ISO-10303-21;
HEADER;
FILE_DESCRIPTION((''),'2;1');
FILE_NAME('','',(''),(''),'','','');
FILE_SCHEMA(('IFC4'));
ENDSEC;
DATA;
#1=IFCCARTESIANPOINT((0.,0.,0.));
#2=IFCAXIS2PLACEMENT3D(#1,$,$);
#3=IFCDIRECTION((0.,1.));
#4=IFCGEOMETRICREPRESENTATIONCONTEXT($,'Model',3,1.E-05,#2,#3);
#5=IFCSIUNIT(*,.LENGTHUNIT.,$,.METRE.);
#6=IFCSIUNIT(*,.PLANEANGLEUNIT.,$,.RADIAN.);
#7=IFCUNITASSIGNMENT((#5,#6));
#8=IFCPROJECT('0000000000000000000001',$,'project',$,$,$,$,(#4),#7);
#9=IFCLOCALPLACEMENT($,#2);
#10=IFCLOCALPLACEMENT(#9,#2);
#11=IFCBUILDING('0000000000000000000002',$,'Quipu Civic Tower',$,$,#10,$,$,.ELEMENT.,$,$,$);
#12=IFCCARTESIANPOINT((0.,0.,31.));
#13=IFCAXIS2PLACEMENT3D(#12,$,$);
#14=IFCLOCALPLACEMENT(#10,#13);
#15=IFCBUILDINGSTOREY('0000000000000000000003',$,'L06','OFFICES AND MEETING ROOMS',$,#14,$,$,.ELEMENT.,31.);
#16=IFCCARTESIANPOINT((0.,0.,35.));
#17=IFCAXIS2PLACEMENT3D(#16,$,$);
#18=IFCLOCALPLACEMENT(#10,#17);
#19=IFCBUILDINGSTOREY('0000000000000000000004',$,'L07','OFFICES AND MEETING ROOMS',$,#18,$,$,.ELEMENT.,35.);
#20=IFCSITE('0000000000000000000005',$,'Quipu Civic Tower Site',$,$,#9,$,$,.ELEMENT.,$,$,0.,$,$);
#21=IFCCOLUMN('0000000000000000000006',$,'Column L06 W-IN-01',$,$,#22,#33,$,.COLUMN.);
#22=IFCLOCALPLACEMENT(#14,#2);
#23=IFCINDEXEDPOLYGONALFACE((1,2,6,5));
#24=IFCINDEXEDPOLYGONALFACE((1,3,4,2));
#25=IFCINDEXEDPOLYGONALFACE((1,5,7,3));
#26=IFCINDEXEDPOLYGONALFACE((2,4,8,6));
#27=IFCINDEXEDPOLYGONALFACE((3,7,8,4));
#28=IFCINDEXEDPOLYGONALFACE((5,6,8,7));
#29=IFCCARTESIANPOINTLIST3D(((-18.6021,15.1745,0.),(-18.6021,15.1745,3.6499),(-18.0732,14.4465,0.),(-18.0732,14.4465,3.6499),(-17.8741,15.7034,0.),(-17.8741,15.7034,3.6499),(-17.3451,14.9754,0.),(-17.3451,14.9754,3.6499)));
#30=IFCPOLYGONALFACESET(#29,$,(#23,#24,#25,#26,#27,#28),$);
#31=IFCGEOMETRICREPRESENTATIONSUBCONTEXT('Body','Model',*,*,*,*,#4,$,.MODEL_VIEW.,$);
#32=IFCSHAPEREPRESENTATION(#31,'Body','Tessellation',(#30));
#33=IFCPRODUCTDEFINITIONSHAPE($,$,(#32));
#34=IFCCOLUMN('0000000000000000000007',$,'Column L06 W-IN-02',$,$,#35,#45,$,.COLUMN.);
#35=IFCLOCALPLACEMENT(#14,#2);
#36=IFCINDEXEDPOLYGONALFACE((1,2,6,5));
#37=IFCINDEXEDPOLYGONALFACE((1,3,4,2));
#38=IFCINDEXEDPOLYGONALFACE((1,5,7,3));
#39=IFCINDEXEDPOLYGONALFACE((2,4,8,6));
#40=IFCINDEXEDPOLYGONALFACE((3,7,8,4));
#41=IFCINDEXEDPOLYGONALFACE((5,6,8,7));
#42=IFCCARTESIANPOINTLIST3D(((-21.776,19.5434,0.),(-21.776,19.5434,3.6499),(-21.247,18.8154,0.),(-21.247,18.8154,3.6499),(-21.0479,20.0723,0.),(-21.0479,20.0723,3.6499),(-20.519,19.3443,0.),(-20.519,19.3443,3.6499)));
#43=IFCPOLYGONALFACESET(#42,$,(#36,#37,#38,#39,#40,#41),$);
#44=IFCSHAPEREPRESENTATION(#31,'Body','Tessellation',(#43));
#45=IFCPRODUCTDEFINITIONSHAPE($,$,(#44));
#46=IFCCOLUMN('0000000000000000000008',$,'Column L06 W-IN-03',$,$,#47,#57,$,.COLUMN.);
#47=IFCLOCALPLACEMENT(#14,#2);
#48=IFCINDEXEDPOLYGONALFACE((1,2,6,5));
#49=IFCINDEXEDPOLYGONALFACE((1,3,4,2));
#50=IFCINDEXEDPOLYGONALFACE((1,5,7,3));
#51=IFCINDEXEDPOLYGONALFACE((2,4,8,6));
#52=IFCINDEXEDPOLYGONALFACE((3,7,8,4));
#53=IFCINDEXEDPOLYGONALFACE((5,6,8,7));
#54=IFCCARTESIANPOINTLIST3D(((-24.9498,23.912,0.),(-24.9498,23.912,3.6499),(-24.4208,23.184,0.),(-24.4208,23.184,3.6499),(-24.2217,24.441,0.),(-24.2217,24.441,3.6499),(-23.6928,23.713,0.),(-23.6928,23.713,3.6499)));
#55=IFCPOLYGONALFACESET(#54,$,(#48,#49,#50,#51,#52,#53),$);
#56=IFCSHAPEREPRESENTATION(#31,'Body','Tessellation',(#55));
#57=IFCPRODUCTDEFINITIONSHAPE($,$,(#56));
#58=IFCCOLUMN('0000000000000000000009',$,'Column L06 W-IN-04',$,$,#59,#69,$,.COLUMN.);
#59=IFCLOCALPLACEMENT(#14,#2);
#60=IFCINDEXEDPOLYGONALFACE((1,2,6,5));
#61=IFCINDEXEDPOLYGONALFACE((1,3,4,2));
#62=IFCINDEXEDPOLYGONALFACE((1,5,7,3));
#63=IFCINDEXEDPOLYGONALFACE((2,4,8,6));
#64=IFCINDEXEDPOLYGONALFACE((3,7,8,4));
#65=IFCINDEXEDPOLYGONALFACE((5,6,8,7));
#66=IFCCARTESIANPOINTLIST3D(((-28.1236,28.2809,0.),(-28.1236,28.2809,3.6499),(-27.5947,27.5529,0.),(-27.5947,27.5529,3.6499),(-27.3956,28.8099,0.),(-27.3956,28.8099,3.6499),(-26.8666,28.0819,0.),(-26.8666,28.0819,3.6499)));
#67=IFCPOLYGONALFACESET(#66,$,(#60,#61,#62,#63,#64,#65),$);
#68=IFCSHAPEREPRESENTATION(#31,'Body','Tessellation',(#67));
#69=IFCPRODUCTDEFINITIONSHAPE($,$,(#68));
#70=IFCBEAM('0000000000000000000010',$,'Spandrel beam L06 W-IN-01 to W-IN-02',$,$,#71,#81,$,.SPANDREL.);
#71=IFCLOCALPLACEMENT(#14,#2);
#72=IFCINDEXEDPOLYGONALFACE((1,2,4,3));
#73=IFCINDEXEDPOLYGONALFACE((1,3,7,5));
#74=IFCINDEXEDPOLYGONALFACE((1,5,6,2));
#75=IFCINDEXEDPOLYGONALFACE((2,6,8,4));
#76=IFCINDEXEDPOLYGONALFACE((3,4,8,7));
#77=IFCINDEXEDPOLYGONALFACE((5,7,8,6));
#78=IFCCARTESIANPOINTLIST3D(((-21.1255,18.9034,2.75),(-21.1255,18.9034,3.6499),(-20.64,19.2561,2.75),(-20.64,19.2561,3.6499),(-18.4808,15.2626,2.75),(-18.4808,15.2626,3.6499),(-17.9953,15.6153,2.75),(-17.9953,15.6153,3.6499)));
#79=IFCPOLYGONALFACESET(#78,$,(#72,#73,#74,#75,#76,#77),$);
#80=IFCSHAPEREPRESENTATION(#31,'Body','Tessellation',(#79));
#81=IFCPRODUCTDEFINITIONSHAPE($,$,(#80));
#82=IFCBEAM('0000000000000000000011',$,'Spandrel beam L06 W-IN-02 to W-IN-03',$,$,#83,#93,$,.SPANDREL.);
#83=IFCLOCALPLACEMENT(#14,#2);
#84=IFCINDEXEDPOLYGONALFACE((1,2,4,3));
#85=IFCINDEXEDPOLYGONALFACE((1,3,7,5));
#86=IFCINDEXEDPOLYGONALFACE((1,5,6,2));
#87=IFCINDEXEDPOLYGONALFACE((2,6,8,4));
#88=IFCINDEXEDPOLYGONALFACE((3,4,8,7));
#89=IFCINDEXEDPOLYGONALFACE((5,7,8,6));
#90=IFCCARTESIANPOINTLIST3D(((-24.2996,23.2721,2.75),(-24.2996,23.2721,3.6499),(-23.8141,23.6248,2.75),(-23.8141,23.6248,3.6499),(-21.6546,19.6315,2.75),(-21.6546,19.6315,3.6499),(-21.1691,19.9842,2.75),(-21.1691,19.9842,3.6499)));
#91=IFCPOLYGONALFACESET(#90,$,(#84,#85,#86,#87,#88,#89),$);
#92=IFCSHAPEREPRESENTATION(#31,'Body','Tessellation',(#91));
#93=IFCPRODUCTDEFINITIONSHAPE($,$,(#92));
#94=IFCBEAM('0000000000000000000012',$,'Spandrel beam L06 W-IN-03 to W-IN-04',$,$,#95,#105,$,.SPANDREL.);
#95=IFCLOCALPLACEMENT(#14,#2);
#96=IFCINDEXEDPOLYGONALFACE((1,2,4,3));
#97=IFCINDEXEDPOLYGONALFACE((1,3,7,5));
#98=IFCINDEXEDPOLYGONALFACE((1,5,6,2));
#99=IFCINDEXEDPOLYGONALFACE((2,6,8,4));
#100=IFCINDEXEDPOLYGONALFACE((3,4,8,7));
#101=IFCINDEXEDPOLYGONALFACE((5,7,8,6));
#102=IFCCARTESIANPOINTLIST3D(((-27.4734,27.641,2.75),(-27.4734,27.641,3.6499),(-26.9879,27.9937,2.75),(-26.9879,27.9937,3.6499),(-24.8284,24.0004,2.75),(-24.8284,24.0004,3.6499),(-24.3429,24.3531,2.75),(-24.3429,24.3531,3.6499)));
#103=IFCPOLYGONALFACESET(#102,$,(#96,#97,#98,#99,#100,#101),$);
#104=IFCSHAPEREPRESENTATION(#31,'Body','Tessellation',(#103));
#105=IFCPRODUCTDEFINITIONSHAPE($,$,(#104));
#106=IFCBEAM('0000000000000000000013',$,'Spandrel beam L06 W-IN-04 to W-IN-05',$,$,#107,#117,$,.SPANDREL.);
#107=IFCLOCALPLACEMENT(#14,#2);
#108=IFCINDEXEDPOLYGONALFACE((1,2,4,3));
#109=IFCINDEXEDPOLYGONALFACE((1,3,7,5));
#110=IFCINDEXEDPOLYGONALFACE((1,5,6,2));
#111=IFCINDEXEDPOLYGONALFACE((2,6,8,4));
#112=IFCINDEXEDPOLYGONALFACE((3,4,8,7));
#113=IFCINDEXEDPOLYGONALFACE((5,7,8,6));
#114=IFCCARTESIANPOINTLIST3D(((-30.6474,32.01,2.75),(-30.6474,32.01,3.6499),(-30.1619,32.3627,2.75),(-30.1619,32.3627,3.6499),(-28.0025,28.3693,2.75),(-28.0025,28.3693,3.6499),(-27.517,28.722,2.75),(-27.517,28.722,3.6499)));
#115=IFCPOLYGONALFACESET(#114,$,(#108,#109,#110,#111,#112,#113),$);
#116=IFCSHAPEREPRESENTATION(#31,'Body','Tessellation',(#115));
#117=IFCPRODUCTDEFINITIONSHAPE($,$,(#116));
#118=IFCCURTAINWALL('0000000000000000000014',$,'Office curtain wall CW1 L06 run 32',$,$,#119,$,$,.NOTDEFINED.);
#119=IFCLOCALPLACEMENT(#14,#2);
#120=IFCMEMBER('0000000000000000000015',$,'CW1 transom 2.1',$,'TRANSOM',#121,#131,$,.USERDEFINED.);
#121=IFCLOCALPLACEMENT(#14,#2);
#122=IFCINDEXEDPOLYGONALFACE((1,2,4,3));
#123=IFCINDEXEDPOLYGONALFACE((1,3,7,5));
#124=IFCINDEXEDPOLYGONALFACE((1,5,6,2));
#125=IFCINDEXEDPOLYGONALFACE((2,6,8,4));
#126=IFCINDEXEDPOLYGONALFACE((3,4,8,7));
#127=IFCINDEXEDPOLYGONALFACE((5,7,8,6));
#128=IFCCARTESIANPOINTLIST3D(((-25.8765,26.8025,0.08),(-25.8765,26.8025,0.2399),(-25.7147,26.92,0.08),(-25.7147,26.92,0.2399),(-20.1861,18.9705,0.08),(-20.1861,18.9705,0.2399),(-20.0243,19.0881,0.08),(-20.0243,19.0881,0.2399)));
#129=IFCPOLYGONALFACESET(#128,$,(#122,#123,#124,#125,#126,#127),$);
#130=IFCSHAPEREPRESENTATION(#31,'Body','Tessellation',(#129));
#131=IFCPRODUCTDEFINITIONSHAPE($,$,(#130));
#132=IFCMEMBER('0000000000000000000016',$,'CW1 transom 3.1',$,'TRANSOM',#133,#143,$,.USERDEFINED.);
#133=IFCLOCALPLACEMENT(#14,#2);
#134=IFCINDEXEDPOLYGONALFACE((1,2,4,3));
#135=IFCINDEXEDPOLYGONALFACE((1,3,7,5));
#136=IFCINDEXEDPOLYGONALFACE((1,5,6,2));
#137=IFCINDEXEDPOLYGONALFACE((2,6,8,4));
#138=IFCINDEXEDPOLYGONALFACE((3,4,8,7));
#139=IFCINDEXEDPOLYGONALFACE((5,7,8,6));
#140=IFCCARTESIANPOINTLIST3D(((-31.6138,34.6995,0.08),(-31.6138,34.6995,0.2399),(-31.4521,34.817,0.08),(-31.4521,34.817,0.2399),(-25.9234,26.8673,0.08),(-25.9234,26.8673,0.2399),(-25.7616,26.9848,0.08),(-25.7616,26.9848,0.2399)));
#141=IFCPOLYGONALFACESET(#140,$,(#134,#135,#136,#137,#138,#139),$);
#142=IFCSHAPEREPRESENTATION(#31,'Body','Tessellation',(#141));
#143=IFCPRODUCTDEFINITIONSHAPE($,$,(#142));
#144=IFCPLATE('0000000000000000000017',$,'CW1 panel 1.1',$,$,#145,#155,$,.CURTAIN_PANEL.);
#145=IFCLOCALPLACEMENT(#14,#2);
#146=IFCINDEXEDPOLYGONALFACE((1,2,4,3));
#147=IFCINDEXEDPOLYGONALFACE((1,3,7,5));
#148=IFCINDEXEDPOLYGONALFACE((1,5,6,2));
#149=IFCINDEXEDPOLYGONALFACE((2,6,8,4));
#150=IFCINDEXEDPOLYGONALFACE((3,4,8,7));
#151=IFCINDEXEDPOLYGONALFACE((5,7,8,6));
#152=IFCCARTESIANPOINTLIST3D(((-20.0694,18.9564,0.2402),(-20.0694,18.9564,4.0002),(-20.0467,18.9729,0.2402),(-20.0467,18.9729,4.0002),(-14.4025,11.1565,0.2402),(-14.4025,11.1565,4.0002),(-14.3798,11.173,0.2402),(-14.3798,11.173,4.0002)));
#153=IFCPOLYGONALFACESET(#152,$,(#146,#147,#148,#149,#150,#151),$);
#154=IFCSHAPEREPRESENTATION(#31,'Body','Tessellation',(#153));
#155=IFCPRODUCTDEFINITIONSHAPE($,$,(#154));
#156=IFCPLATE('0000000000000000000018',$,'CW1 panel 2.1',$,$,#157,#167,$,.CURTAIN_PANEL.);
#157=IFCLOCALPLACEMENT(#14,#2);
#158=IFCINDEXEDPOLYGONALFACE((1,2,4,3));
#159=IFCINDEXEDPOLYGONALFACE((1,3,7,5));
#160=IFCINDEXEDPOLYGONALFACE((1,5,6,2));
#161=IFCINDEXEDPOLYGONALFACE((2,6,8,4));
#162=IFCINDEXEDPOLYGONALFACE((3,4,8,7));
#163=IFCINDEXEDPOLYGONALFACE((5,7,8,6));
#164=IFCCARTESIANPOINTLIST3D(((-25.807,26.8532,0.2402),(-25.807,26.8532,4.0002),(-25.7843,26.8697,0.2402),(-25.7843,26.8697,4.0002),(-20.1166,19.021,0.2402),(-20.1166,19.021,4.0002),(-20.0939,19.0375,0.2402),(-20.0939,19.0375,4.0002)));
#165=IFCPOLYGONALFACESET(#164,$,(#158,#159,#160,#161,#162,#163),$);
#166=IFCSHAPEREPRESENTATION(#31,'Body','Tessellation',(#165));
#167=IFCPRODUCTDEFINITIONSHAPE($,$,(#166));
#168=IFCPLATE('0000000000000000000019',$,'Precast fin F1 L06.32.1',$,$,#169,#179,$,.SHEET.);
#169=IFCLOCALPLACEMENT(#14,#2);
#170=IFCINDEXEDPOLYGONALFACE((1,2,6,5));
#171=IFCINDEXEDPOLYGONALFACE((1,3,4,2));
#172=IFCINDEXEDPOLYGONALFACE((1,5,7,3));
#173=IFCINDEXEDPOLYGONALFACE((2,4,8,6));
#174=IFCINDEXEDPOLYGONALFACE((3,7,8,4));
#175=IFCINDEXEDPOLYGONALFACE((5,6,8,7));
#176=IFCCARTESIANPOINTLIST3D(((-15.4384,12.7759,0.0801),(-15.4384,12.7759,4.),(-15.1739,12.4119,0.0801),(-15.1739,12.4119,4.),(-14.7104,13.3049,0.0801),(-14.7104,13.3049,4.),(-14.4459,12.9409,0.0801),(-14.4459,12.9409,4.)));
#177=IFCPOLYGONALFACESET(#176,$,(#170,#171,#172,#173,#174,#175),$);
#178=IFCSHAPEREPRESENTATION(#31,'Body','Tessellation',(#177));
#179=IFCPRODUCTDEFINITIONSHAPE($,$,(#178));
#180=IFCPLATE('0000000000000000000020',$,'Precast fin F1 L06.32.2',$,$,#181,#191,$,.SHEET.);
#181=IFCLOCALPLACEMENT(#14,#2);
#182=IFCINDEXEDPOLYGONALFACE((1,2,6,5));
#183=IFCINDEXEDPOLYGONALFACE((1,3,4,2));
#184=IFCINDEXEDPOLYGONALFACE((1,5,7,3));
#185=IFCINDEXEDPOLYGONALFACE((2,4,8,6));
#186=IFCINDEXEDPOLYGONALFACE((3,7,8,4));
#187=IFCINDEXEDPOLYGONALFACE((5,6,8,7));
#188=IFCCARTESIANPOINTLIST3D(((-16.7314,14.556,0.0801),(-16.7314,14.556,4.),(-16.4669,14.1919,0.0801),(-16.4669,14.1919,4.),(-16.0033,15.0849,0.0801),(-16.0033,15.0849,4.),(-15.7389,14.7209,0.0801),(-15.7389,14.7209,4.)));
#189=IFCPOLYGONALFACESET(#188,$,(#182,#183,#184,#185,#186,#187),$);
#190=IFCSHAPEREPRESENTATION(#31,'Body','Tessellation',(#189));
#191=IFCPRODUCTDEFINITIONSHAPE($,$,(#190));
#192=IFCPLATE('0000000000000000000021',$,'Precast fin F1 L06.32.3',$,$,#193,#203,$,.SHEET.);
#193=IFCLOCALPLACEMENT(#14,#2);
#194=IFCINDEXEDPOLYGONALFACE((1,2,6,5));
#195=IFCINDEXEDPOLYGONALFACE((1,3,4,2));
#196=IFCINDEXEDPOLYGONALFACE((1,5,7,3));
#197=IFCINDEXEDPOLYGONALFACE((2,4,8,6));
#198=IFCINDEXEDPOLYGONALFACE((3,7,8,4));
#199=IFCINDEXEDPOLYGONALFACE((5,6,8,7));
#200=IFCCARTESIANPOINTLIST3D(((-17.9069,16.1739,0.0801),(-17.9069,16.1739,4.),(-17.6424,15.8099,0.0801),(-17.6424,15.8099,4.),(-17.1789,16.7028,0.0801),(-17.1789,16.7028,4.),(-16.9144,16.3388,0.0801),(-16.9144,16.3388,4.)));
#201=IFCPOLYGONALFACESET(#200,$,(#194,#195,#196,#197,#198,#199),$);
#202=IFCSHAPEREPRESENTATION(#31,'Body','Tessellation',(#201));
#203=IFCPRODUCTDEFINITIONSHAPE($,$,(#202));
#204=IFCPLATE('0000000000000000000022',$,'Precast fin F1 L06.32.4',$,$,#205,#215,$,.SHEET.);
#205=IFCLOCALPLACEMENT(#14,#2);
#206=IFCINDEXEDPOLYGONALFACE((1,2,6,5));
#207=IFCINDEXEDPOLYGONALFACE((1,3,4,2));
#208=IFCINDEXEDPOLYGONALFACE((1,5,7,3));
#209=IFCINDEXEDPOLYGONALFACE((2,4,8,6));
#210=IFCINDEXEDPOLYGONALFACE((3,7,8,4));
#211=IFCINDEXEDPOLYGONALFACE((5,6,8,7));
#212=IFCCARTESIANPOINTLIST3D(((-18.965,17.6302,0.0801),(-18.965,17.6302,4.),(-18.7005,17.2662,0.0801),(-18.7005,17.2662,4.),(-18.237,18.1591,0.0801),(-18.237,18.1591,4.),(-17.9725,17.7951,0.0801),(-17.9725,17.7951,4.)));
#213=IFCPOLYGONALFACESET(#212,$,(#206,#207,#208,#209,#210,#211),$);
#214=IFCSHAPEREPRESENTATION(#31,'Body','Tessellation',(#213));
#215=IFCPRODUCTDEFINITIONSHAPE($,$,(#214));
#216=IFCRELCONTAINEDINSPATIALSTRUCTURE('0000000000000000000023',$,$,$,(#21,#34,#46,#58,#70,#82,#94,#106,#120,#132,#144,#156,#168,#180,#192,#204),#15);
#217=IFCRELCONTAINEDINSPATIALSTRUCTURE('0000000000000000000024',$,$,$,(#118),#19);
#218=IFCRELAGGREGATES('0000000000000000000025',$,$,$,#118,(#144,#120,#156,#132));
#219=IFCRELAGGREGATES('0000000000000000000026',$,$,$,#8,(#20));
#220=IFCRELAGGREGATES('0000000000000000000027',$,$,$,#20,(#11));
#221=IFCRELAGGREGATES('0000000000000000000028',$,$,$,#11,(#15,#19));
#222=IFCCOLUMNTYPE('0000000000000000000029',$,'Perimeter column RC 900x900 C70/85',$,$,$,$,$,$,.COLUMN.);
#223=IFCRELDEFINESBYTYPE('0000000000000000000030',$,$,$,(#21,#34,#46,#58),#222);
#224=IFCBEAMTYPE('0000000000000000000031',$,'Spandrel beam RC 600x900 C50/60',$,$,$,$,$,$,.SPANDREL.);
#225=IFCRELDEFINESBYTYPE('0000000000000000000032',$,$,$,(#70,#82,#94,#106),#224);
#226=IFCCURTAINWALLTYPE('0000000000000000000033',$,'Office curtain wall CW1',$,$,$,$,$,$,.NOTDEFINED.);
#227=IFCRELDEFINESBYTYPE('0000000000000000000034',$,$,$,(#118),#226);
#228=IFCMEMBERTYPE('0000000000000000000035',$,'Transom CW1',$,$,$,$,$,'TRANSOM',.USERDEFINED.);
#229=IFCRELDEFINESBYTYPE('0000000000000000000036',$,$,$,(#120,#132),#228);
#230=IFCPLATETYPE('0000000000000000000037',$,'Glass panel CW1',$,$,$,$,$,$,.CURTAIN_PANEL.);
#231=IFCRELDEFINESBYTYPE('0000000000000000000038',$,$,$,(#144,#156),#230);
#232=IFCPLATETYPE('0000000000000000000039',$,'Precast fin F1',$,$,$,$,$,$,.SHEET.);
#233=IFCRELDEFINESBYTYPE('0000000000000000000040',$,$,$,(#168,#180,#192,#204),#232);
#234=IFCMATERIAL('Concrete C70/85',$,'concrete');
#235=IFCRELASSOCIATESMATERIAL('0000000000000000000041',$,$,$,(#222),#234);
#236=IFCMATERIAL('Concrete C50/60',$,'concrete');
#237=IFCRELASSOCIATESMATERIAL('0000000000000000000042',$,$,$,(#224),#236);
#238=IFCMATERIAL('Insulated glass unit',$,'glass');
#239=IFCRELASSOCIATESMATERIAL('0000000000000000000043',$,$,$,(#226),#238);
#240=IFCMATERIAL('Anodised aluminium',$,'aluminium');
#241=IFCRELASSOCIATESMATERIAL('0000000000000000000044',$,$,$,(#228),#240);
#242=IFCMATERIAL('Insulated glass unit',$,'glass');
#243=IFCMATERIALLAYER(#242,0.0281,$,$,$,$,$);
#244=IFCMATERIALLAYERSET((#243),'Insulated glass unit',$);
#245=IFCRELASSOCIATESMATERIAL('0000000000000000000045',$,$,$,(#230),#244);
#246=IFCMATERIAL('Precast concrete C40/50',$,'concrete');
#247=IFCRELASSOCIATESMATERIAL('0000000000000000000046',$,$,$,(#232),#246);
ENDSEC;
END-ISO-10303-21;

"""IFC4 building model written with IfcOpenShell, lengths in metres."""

from ifc_helpers import new_model, si_unit, direction, frame, origin, origin_2d, place, context, subcontext, project, spatial, rectangle, extrude, material, layer, layer_set, material_profile, profile_set, type_object, element, aggregate, save


model = new_model("IFC4")

# Units and contexts
model_context = context("Model", 3, precision=1e-05, world=origin(), true_north=direction((0.0, 1.0)))
body_context = subcontext(model_context, "Body", "Model", "MODEL_VIEW")
ifc_project = project(units=[si_unit("LENGTHUNIT", "METRE"), si_unit("PLANEANGLEUNIT", "RADIAN")], contexts=[model_context])

# Site, building, storey
site_placement = place(None, origin())
site = spatial("IfcSite", under=ifc_project, at=site_placement, Name="Quipu Civic Tower Site", CompositionType="ELEMENT", RefElevation=0.0)
building_placement = place(site_placement, origin())
building = spatial("IfcBuilding", under=site, at=building_placement, Name="Quipu Civic Tower", CompositionType="ELEMENT")
storey_1_placement = place(building_placement, frame((0.0, 0.0, 31.0)))
storey_1 = spatial("IfcBuildingStorey", under=building, at=storey_1_placement, Name="L06", Description="OFFICES AND MEETING ROOMS", CompositionType="ELEMENT", Elevation=31.0)

# Columns
ifc_material_1 = material(Name="Concrete C70/85", Category="concrete")
ifc_material_profile_1 = material_profile(ifc_material_1, rectangle(XDim=0.8999, YDim=0.8999, at=origin_2d()), Name="RC900x900")
ifc_profile_set_1 = profile_set([ifc_material_profile_1], Name="Concrete C70/85")
column_type = type_object("IfcColumnType", Name="Perimeter column RC 900x900 C70/85", PredefinedType="COLUMN", material=ifc_profile_set_1)
for number, where, z_axis, x_axis, name in (
    (1, (-17.9736, 15.075, 0.0), (0.0, 0.0, 1.0), (-0.587785, 0.809017, 0.0), "Column L06 W-IN-01"),
    (2, (-21.1475, 19.4438, 0.0), (0.0, 0.0, 1.0), (-0.587785, 0.809017, 0.0), "Column L06 W-IN-02"),
    (3, (-24.3213, 23.8125, 0.0), (0.0, 0.0, 1.0), (-0.587785, 0.809017, 0.0), "Column L06 W-IN-03"),
    (4, (-27.4951, 28.1814, 0.0), (0.0, 0.0, 1.0), (-0.587785, 0.809017, 0.0), "Column L06 W-IN-04"),
):
    element("IfcColumn", number, at=place(storey_1_placement, frame(where, z_axis=z_axis, x_axis=x_axis)), inside=storey_1, type_object=column_type, Name=name, PredefinedType="COLUMN", context=body_context, shape_type="SweptSolid", body=[
        extrude(rectangle(XDim=0.8999, YDim=0.8999, at=origin_2d()), origin(), (0.0, 0.0, 1.0), 3.6499),
    ])

# Beams
ifc_material_2 = material(Name="Concrete C50/60", Category="concrete")
ifc_material_profile_2 = material_profile(ifc_material_2, rectangle(XDim=0.6001, YDim=0.8999, at=origin_2d()), Name="RC600x900")
ifc_profile_set_2 = profile_set([ifc_material_profile_2], Name="Concrete C50/60")
beam_type = type_object("IfcBeamType", Name="Spandrel beam RC 600x900 C50/60", PredefinedType="SPANDREL", material=ifc_profile_set_2)
for number, where, z_axis, x_axis, name in (
    (5, (-18.238, 15.439, 3.2), (-0.587717, 0.809067, 0.0), (-0.809067, -0.587717, 0.0), "Spandrel beam L06 W-IN-01 to W-IN-02"),
    (6, (-21.4119, 19.8079, 3.2), (-0.587778, 0.809022, 0.0), (-0.809022, -0.587778, 0.0), "Spandrel beam L06 W-IN-02 to W-IN-03"),
    (7, (-24.5857, 24.1768, 3.2), (-0.587778, 0.809022, 0.0), (-0.809022, -0.587778, 0.0), "Spandrel beam L06 W-IN-03 to W-IN-04"),
    (8, (-27.7598, 28.5457, 3.2), (-0.587743, 0.809048, 0.0), (-0.809048, -0.587743, 0.0), "Spandrel beam L06 W-IN-04 to W-IN-05"),
):
    element("IfcBeam", number, at=place(storey_1_placement, frame(where, z_axis=z_axis, x_axis=x_axis)), inside=storey_1, type_object=beam_type, Name=name, PredefinedType="SPANDREL", context=body_context, shape_type="SweptSolid", body=[
        extrude(rectangle(XDim=0.6001, YDim=0.8999, at=origin_2d()), origin(), (0.0, 0.0, 1.0), 4.5),
    ])

# Shared definitions
storey_2_placement = place(building_placement, frame((0.0, 0.0, 35.0)))
storey_2 = spatial("IfcBuildingStorey", under=building, at=storey_2_placement, Name="L07", Description="OFFICES AND MEETING ROOMS", CompositionType="ELEMENT", Elevation=35.0)

# Curtain wall, members, plates
ifc_material_3 = material(Name="Insulated glass unit", Category="glass")
curtain_wall_type = type_object("IfcCurtainWallType", Name="Office curtain wall CW1", PredefinedType="NOTDEFINED", material=ifc_material_3)
curtain_wall_placement = place(storey_2_placement, origin())
curtain_wall = element("IfcCurtainWall", 9, at=curtain_wall_placement, inside=storey_2, type_object=curtain_wall_type, Name="Office curtain wall CW1 L06 run 32", PredefinedType="NOTDEFINED")
ifc_material_4 = material(Name="Anodised aluminium", Category="aluminium")
ifc_material_profile_3 = material_profile(ifc_material_4, rectangle(XDim=0.2, YDim=0.1599, at=origin_2d()), Name="RECT 200x160")
ifc_profile_set_3 = profile_set([ifc_material_profile_3], Name="Anodised aluminium")
member_type = type_object("IfcMemberType", Name="Transom CW1", ElementType="TRANSOM", PredefinedType="USERDEFINED", material=ifc_profile_set_3)
member_1_placement = place(storey_1_placement, frame((-20.1052, 19.0293, 0.1599), z_axis=(-0.587794, 0.809011, 0.0), x_axis=(-0.809011, -0.587794, 0.0)))
member_1 = element("IfcMember", 10, at=member_1_placement, inside=storey_1, type_object=member_type, Name="CW1 transom 2.1", ObjectType="TRANSOM", PredefinedType="USERDEFINED", context=body_context, shape_type="SweptSolid", body=[
    extrude(rectangle(XDim=0.2, YDim=0.1599, at=origin_2d()), origin(), (0.0, 0.0, 1.0), 9.6809),
])
member_2_placement = place(storey_1_placement, frame((-25.8425, 26.926, 0.1599), z_axis=(-0.587782, 0.80902, 0.0), x_axis=(-0.80902, -0.587782, 0.0)))
member_2 = element("IfcMember", 11, at=member_2_placement, inside=storey_1, type_object=member_type, Name="CW1 transom 3.1", ObjectType="TRANSOM", PredefinedType="USERDEFINED", context=body_context, shape_type="SweptSolid", body=[
    extrude(rectangle(XDim=0.2, YDim=0.1599, at=origin_2d()), origin(), (0.0, 0.0, 1.0), 9.6812),
])
ifc_material_5 = material(Name="Insulated glass unit", Category="glass")
ifc_layer_1 = layer(ifc_material_5, 0.0281)
ifc_layer_set_1 = layer_set([ifc_layer_1], Name="Insulated glass unit")
plate_type_1 = type_object("IfcPlateType", Name="Glass panel CW1", PredefinedType="CURTAIN_PANEL", material=ifc_layer_set_1)
plate_1_placement = place(storey_1_placement, frame((-17.2246, 15.0647, 0.2402), z_axis=(0.0, 0.0, 1.0), x_axis=(-0.587786, 0.809017, 0.0)))
plate_1 = element("IfcPlate", 12, at=plate_1_placement, inside=storey_1, type_object=plate_type_1, Name="CW1 panel 1.1", PredefinedType="CURTAIN_PANEL", context=body_context, shape_type="SweptSolid", body=[
    extrude(rectangle(XDim=9.6411, YDim=0.0281, at=origin_2d()), origin(), (0.0, 0.0, 1.0), 3.76),
])
plate_2_placement = place(storey_1_placement, frame((-22.9504, 22.9453, 0.2402), z_axis=(0.0, 0.0, 1.0), x_axis=(-0.587786, 0.809017, 0.0)))
plate_2 = element("IfcPlate", 13, at=plate_2_placement, inside=storey_1, type_object=plate_type_1, Name="CW1 panel 2.1", PredefinedType="CURTAIN_PANEL", context=body_context, shape_type="SweptSolid", body=[
    extrude(rectangle(XDim=9.6812, YDim=0.0281, at=origin_2d()), origin(), (0.0, 0.0, 1.0), 3.76),
])
aggregate(curtain_wall, [plate_1, member_1, plate_2, member_2])

# Plates
ifc_material_6 = material(Name="Precast concrete C40/50", Category="concrete")
plate_type_2 = type_object("IfcPlateType", Name="Precast fin F1", PredefinedType="SHEET", material=ifc_material_6)
for number, where, z_axis, x_axis, name in (
    (14, (-14.9421, 12.8584, 0.0801), (0.0, 0.0, 1.0), (-0.587785, 0.809017, 0.0), "Precast fin F1 L06.32.1"),
    (15, (-16.2351, 14.6384, 0.0801), (0.0, 0.0, 1.0), (-0.587785, 0.809017, 0.0), "Precast fin F1 L06.32.2"),
    (16, (-17.4106, 16.2563, 0.0801), (0.0, 0.0, 1.0), (-0.587785, 0.809017, 0.0), "Precast fin F1 L06.32.3"),
    (17, (-18.4688, 17.7126, 0.0801), (0.0, 0.0, 1.0), (-0.587785, 0.809017, 0.0), "Precast fin F1 L06.32.4"),
):
    element("IfcPlate", number, at=place(storey_1_placement, frame(where, z_axis=z_axis, x_axis=x_axis)), inside=storey_1, type_object=plate_type_2, Name=name, PredefinedType="SHEET", context=body_context, shape_type="SweptSolid", body=[
        extrude(rectangle(XDim=0.45, YDim=0.8999, at=origin_2d()), origin(), (0.0, 0.0, 1.0), 3.9199),
    ])

save(model, "model.ifc")
